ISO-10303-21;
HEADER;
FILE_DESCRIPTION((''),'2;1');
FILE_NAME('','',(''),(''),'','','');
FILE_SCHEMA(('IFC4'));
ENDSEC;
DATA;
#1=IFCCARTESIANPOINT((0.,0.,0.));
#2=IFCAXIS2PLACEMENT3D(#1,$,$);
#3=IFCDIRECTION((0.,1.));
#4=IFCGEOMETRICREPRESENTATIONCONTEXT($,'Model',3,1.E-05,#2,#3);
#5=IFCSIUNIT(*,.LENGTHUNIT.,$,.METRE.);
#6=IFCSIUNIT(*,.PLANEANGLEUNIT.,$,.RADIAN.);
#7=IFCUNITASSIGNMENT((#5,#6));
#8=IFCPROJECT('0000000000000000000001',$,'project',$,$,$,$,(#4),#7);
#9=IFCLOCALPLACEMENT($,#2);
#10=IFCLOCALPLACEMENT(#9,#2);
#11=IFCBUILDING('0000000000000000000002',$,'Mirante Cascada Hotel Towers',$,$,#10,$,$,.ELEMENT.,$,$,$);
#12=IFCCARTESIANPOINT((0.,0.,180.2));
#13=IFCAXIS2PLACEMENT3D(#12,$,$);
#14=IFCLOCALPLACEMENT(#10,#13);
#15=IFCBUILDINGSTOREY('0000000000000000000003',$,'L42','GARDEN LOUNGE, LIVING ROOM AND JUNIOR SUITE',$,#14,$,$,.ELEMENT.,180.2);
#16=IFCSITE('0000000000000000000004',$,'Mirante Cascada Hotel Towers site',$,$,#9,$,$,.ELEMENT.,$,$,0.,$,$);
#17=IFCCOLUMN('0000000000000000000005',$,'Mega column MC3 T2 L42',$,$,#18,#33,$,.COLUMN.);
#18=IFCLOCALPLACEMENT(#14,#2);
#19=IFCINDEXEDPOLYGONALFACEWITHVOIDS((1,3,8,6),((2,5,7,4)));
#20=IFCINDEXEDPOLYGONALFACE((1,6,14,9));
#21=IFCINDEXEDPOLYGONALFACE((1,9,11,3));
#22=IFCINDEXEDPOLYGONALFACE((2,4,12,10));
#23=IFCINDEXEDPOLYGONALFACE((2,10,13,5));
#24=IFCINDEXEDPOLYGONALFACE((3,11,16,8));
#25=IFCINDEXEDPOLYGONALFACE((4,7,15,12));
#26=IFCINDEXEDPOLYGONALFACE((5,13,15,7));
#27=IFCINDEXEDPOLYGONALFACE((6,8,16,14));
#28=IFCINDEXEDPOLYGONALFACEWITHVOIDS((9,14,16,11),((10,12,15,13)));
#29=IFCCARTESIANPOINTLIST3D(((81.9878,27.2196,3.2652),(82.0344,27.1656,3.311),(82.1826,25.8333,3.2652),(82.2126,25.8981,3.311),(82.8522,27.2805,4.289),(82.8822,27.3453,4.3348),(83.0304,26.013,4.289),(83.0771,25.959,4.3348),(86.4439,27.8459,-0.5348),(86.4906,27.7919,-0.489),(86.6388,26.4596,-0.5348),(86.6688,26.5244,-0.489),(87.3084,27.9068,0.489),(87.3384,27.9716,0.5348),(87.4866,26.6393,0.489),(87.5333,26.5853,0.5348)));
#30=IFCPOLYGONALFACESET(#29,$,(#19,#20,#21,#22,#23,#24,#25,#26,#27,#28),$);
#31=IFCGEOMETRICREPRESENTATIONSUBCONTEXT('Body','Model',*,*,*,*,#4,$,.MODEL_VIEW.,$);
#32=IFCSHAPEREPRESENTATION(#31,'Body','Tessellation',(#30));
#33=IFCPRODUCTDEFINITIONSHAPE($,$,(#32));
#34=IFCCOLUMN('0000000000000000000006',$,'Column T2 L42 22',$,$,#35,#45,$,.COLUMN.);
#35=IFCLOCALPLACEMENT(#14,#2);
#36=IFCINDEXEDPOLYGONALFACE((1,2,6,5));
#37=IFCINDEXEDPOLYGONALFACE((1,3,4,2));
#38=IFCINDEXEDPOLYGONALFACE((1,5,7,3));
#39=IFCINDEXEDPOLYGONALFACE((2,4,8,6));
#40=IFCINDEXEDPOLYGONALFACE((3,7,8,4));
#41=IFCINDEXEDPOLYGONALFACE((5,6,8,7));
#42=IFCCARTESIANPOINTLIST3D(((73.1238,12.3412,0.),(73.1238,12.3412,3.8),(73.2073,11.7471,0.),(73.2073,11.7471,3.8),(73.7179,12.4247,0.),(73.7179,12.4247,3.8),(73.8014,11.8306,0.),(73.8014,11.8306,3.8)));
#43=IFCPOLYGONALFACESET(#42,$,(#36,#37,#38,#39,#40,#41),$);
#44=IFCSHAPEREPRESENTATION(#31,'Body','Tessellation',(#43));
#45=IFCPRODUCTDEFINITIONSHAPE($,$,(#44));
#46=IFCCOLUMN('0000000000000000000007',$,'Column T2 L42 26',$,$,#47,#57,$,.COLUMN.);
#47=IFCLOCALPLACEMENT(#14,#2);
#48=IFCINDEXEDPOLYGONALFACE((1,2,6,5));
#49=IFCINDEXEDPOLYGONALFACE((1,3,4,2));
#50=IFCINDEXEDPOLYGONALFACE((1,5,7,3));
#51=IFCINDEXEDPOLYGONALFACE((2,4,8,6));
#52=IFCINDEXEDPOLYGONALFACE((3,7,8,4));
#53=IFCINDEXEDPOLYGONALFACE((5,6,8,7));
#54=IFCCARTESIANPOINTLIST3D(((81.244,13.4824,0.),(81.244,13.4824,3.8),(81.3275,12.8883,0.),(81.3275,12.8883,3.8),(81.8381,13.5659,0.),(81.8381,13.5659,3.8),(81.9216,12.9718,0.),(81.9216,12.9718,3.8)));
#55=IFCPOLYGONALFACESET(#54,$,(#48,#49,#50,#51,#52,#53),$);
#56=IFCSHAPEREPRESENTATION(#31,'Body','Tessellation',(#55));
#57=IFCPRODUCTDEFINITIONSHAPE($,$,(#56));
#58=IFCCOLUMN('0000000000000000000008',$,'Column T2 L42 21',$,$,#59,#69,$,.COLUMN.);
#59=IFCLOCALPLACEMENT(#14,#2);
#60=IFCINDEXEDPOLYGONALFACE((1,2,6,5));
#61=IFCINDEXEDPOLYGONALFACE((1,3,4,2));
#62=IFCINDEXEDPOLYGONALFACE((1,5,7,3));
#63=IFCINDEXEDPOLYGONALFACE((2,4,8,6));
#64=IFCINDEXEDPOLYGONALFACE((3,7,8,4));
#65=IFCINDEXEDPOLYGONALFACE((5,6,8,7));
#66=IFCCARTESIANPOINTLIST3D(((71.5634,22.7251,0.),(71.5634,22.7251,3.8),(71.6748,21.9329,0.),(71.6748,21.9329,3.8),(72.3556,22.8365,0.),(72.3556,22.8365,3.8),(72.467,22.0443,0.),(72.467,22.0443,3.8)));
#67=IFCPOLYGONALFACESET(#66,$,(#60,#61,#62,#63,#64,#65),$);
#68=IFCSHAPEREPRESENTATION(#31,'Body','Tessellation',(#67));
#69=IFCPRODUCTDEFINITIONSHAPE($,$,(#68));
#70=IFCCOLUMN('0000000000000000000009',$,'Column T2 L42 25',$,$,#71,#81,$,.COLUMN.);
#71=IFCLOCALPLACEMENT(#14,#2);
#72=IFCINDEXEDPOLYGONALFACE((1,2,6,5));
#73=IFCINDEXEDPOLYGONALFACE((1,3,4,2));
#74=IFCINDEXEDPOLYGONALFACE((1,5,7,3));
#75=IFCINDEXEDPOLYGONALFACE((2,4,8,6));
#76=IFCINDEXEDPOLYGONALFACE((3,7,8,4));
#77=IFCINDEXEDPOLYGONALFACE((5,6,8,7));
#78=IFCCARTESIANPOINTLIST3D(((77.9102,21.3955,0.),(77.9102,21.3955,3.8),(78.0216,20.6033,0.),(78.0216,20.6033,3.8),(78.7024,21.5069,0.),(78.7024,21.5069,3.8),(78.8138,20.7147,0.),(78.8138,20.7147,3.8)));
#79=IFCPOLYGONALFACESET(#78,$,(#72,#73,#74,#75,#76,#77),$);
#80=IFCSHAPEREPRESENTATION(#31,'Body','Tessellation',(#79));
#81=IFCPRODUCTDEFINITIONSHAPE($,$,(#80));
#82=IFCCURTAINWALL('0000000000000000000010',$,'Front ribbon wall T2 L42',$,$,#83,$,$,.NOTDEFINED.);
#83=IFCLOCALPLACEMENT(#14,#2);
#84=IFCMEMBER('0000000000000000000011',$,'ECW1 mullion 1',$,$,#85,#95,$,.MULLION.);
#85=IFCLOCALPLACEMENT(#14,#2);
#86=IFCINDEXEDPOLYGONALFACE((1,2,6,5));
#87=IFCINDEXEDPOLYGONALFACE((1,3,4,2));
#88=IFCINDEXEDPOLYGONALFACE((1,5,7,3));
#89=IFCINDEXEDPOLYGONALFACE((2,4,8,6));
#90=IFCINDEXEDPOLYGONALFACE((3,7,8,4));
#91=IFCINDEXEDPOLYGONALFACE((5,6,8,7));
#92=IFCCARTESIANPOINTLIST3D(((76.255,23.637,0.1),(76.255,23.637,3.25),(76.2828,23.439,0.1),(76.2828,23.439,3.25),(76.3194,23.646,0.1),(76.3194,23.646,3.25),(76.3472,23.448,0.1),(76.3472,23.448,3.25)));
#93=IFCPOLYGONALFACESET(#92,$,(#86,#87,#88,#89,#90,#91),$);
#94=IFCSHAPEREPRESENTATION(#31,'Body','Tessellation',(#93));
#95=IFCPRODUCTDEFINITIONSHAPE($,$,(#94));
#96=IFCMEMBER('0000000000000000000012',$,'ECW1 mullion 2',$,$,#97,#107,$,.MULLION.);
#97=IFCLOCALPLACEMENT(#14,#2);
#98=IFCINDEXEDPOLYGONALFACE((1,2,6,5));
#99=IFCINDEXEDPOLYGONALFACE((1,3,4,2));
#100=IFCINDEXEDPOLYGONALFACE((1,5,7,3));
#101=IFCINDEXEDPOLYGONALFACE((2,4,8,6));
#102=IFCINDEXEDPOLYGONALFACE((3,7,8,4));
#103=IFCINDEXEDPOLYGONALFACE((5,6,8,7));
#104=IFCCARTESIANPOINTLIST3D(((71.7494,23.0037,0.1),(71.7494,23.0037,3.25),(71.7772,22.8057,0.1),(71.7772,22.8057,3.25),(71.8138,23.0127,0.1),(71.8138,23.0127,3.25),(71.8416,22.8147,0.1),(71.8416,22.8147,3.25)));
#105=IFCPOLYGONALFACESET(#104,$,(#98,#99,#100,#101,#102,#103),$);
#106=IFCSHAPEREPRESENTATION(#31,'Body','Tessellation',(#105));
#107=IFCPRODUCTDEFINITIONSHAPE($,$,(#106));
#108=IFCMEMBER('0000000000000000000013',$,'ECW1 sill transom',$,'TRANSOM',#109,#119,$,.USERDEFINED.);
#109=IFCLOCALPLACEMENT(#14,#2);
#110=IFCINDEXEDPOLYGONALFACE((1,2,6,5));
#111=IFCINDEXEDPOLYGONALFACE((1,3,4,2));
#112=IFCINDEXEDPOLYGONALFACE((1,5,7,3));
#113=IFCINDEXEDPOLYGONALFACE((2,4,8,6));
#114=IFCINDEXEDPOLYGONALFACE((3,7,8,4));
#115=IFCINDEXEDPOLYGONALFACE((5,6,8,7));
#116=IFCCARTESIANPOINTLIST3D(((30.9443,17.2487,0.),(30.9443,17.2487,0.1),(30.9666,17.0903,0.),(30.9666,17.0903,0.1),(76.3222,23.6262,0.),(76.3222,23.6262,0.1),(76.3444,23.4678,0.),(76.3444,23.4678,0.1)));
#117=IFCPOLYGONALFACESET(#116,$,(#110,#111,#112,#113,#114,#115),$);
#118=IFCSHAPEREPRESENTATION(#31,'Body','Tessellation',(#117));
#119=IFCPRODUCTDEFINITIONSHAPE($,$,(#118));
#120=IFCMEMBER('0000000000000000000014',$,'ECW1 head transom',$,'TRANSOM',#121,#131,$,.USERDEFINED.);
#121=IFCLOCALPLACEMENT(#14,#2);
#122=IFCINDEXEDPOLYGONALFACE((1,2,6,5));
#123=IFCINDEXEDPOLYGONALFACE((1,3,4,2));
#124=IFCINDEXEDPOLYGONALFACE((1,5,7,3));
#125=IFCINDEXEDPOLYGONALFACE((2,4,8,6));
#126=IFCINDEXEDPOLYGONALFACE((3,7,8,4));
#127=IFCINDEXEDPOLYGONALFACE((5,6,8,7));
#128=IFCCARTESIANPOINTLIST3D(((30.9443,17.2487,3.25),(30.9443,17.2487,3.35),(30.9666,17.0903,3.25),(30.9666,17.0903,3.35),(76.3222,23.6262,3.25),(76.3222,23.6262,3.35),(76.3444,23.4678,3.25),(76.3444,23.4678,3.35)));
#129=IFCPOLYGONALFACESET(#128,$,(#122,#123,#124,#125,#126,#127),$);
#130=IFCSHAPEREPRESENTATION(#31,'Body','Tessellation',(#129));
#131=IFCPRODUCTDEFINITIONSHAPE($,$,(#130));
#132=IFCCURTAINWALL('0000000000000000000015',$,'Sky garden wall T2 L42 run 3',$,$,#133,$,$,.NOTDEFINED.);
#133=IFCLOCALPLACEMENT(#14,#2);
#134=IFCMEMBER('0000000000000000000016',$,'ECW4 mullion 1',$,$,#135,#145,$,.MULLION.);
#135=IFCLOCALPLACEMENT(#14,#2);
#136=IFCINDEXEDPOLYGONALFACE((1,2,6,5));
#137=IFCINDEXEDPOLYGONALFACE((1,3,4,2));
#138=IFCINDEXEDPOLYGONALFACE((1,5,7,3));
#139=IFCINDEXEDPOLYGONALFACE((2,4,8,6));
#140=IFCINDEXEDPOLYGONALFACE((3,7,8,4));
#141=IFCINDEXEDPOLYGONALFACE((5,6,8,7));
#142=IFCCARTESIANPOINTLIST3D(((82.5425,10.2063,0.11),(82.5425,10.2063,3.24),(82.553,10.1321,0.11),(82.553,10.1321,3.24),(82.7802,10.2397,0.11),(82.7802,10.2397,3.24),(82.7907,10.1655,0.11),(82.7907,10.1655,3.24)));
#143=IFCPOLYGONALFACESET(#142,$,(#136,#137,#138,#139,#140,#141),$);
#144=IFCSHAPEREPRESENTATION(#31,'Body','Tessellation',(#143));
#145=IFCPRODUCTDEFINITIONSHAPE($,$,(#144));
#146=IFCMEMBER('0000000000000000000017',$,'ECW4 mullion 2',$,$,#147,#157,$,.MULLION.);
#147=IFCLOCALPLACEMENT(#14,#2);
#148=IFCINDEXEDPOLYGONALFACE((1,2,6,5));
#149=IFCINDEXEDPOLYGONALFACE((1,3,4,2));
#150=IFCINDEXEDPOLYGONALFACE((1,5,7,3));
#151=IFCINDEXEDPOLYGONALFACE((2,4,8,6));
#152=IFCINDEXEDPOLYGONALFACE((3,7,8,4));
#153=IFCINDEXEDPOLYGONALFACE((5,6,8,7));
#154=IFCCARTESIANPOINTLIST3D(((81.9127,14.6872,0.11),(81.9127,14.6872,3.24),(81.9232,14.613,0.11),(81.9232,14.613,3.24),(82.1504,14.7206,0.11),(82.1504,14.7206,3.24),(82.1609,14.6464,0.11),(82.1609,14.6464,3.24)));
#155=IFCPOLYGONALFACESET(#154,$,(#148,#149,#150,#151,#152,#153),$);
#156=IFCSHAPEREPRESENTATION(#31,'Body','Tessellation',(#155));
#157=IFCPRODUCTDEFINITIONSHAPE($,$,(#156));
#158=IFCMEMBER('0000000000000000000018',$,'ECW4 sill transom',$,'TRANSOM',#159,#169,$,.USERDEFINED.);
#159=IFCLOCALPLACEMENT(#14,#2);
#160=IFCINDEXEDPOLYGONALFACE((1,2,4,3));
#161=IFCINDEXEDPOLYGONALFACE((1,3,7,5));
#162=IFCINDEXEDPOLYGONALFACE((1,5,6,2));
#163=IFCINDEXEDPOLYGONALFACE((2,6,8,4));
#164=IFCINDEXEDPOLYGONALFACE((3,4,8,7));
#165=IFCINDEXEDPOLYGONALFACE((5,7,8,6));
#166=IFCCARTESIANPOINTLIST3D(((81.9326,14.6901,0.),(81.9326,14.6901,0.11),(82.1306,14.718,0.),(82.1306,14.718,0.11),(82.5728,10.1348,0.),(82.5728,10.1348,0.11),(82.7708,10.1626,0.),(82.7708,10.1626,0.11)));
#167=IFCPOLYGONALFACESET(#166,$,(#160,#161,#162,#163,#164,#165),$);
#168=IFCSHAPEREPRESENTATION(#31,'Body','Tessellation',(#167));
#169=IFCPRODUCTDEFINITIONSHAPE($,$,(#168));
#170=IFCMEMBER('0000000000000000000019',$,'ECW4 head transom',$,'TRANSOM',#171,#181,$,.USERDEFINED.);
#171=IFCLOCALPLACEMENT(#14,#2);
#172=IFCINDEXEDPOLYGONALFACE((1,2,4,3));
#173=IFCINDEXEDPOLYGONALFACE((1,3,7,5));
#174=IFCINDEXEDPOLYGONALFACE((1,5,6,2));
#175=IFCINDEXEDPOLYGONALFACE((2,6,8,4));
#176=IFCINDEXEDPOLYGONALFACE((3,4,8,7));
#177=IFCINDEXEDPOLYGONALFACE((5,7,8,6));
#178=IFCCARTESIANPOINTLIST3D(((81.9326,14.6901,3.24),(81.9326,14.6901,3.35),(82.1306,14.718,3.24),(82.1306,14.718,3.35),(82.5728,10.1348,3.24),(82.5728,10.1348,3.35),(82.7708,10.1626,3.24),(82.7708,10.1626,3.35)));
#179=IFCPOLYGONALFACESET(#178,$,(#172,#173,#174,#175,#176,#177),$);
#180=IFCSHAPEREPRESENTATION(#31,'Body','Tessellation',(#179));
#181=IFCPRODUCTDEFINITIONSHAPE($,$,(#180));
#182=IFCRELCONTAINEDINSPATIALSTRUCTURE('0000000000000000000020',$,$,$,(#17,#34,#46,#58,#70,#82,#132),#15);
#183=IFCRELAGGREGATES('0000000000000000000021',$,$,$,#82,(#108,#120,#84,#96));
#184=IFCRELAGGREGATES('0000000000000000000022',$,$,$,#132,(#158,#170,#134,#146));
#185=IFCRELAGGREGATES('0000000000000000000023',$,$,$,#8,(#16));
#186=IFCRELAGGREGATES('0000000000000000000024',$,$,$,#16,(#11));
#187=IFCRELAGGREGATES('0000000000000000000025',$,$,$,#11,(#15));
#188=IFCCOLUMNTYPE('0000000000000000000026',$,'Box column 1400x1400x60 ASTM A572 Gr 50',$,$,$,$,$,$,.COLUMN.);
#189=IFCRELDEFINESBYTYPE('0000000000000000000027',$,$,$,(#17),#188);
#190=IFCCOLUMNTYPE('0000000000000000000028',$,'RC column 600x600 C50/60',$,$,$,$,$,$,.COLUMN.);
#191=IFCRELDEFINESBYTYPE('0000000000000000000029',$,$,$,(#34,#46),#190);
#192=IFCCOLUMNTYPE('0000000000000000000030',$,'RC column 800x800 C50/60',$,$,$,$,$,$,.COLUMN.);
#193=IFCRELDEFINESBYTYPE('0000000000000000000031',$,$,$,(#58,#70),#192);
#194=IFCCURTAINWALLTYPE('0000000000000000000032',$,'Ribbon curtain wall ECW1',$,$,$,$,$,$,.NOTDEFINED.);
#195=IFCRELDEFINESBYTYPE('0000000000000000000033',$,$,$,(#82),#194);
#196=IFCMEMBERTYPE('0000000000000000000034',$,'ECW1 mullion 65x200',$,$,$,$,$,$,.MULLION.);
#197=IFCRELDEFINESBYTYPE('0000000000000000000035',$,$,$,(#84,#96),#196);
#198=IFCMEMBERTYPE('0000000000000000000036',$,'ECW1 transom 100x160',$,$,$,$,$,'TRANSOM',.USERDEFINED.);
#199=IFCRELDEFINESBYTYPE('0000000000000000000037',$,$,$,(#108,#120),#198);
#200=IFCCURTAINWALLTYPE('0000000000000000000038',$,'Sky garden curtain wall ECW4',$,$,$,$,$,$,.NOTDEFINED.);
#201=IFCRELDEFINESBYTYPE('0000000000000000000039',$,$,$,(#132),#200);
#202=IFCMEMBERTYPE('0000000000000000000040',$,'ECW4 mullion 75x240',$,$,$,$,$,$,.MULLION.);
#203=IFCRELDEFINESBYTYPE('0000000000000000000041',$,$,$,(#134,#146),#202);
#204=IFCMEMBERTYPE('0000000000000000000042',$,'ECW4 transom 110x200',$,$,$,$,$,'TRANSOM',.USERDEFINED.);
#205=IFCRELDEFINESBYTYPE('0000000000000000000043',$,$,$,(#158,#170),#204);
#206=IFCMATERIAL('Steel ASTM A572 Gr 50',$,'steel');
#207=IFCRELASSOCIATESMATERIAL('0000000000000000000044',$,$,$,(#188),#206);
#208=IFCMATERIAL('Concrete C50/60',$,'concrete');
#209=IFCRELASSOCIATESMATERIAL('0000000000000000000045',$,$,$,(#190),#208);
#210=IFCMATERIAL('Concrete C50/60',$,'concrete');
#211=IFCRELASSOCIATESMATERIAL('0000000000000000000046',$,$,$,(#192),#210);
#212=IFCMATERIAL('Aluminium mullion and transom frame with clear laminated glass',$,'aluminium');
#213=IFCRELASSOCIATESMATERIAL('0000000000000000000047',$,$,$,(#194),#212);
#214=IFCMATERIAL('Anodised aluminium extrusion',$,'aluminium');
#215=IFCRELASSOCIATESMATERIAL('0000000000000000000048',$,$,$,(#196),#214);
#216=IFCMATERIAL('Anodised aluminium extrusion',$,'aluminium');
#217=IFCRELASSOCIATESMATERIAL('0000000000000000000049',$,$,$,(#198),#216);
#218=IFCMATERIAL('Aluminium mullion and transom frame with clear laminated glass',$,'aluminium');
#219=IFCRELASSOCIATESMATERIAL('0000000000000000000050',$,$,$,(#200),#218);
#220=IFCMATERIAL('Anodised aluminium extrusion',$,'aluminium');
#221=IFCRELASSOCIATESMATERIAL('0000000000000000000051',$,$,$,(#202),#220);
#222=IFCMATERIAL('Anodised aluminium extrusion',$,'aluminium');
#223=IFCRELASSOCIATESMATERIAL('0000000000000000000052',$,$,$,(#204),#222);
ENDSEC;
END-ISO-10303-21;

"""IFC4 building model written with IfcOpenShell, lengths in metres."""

from ifc_helpers import new_model, si_unit, direction, frame, origin, origin_2d, place, context, subcontext, project, spatial, rectangle, hollow_rectangle, extrude, material, material_profile, profile_set, type_object, element, aggregate, save


model = new_model("IFC4")

# Units and contexts
model_context = context("Model", 3, precision=1e-05, world=origin(), true_north=direction((0.0, 1.0)))
body_context = subcontext(model_context, "Body", "Model", "MODEL_VIEW")
ifc_project = project(units=[si_unit("LENGTHUNIT", "METRE"), si_unit("PLANEANGLEUNIT", "RADIAN")], contexts=[model_context])

# Site, building, storey
site_placement = place(None, origin())
site = spatial("IfcSite", under=ifc_project, at=site_placement, Name="Mirante Cascada Hotel Towers site", CompositionType="ELEMENT", RefElevation=0.0)
building_placement = place(site_placement, origin())
building = spatial("IfcBuilding", under=site, at=building_placement, Name="Mirante Cascada Hotel Towers", CompositionType="ELEMENT")
storey_placement = place(building_placement, frame((0.0, 0.0, 180.2)))
storey = spatial("IfcBuildingStorey", under=building, at=storey_placement, Name="L42", Description="GARDEN LOUNGE, LIVING ROOM AND JUNIOR SUITE", CompositionType="ELEMENT", Elevation=180.2)

# Columns
ifc_material_1 = material(Name="Steel ASTM A572 Gr 50", Category="steel")
ifc_material_profile_1 = material_profile(ifc_material_1, hollow_rectangle(XDim=1.4, YDim=1.4, WallThickness=0.06, at=origin_2d()), Name="Box column 1400x1400x60 ASTM A572 Gr 50")
ifc_profile_set_1 = profile_set([ifc_material_profile_1], Name="Steel ASTM A572 Gr 50")
column_type_1 = type_object("IfcColumnType", Name="Box column 1400x1400x60 ASTM A572 Gr 50", PredefinedType="COLUMN", material=ifc_profile_set_1)
column_placement = place(storey_placement, frame((86.9886, 27.2156, 0.0), z_axis=(-0.756594, -0.106336, 0.645181), x_axis=(0.139178, -0.990267, 0.0)))
element("IfcColumn", 1, at=column_placement, inside=storey, type_object=column_type_1, Name="Mega column MC3 T2 L42", PredefinedType="COLUMN", context=body_context, shape_type="SweptSolid", body=[
    extrude(hollow_rectangle(XDim=1.4, YDim=1.4, WallThickness=0.06, at=origin_2d()), origin(), (0.0, 0.0, 1.0), 5.8898),
])
ifc_material_2 = material(Name="Concrete C50/60", Category="concrete")
ifc_material_profile_2 = material_profile(ifc_material_2, rectangle(XDim=0.6, YDim=0.6, at=origin_2d()), Name="RC column 600x600 C50/60")
ifc_profile_set_2 = profile_set([ifc_material_profile_2], Name="Concrete C50/60")
column_type_2 = type_object("IfcColumnType", Name="RC column 600x600 C50/60", PredefinedType="COLUMN", material=ifc_profile_set_2)
for number, where, z_axis, x_axis, name in (
    (2, (73.4626, 12.0859, 0.0), (0.0, 0.0, 1.0), (0.990268, 0.139173, 0.0), "Column T2 L42 22"),
    (3, (81.5828, 13.2271, 0.0), (0.0, 0.0, 1.0), (0.990268, 0.139173, 0.0), "Column T2 L42 26"),
):
    element("IfcColumn", number, at=place(storey_placement, frame(where, z_axis=z_axis, x_axis=x_axis)), inside=storey, type_object=column_type_2, Name=name, PredefinedType="COLUMN", context=body_context, shape_type="SweptSolid", body=[
        extrude(rectangle(XDim=0.6, YDim=0.6, at=origin_2d()), origin(), (0.0, 0.0, 1.0), 3.8),
    ])
ifc_material_3 = material(Name="Concrete C50/60", Category="concrete")
ifc_material_profile_3 = material_profile(ifc_material_3, rectangle(XDim=0.8, YDim=0.8, at=origin_2d()), Name="RC column 800x800 C50/60")
ifc_profile_set_3 = profile_set([ifc_material_profile_3], Name="Concrete C50/60")
column_type_3 = type_object("IfcColumnType", Name="RC column 800x800 C50/60", PredefinedType="COLUMN", material=ifc_profile_set_3)
for number, where, z_axis, x_axis, name in (
    (4, (72.0152, 22.3847, 0.0), (0.0, 0.0, 1.0), (0.990268, 0.139173, 0.0), "Column T2 L42 21"),
    (5, (78.362, 21.0551, 0.0), (0.0, 0.0, 1.0), (0.990268, 0.139173, 0.0), "Column T2 L42 25"),
):
    element("IfcColumn", number, at=place(storey_placement, frame(where, z_axis=z_axis, x_axis=x_axis)), inside=storey, type_object=column_type_3, Name=name, PredefinedType="COLUMN", context=body_context, shape_type="SweptSolid", body=[
        extrude(rectangle(XDim=0.8, YDim=0.8, at=origin_2d()), origin(), (0.0, 0.0, 1.0), 3.8),
    ])

# Curtain walls, members
ifc_material_4 = material(Name="Aluminium mullion and transom frame with clear laminated glass", Category="aluminium")
curtain_wall_type_1 = type_object("IfcCurtainWallType", Name="Ribbon curtain wall ECW1", PredefinedType="NOTDEFINED", material=ifc_material_4)
curtain_wall_1_placement = place(storey_placement, origin())
curtain_wall_1 = element("IfcCurtainWall", 6, at=curtain_wall_1_placement, inside=storey, type_object=curtain_wall_type_1, Name="Front ribbon wall T2 L42", PredefinedType="NOTDEFINED")
ifc_material_5 = material(Name="Anodised aluminium extrusion", Category="aluminium")
ifc_material_profile_4 = material_profile(ifc_material_5, rectangle(XDim=0.2, YDim=0.065, at=origin_2d()), Name="ECW1 MULLION 65x200")
ifc_profile_set_4 = profile_set([ifc_material_profile_4], Name="Anodised aluminium extrusion")
member_type_1 = type_object("IfcMemberType", Name="ECW1 mullion 65x200", PredefinedType="MULLION", material=ifc_profile_set_4)
member_1_placement = place(storey_placement, frame((76.3011, 23.5425, 0.1), z_axis=(0.0, 0.0, 1.0), x_axis=(0.139173, -0.990268, 0.0)))
member_1 = element("IfcMember", 7, at=member_1_placement, type_object=member_type_1, Name="ECW1 mullion 1", PredefinedType="MULLION", context=body_context, shape_type="SweptSolid", body=[
    extrude(rectangle(XDim=0.2, YDim=0.065, at=origin_2d()), origin(), (0.0, 0.0, 1.0), 3.15),
])
member_2_placement = place(storey_placement, frame((71.7955, 22.9092, 0.1), z_axis=(0.0, 0.0, 1.0), x_axis=(0.139173, -0.990268, 0.0)))
member_2 = element("IfcMember", 8, at=member_2_placement, type_object=member_type_1, Name="ECW1 mullion 2", PredefinedType="MULLION", context=body_context, shape_type="SweptSolid", body=[
    extrude(rectangle(XDim=0.2, YDim=0.065, at=origin_2d()), origin(), (0.0, 0.0, 1.0), 3.15),
])
ifc_material_6 = material(Name="Anodised aluminium extrusion", Category="aluminium")
ifc_material_profile_5 = material_profile(ifc_material_6, rectangle(XDim=0.16, YDim=0.1, at=origin_2d()), Name="ECW1 TRANSOM 100x160")
ifc_profile_set_5 = profile_set([ifc_material_profile_5], Name="Anodised aluminium extrusion")
member_type_2 = type_object("IfcMemberType", Name="ECW1 transom 100x160", ElementType="TRANSOM", PredefinedType="USERDEFINED", material=ifc_profile_set_5)
member_3_placement = place(storey_placement, frame((76.3333, 23.547, 0.05), z_axis=(-0.990268, -0.139175, 0.0), x_axis=(0.139175, -0.990268, 0.0)))
member_3 = element("IfcMember", 9, at=member_3_placement, type_object=member_type_2, Name="ECW1 sill transom", ObjectType="TRANSOM", PredefinedType="USERDEFINED", context=body_context, shape_type="SweptSolid", body=[
    extrude(rectangle(XDim=0.16, YDim=0.1, at=origin_2d()), origin(), (0.0, 0.0, 1.0), 45.8238),
])
member_4_placement = place(storey_placement, frame((76.3333, 23.547, 3.3), z_axis=(-0.990268, -0.139175, 0.0), x_axis=(0.139175, -0.990268, 0.0)))
member_4 = element("IfcMember", 10, at=member_4_placement, type_object=member_type_2, Name="ECW1 head transom", ObjectType="TRANSOM", PredefinedType="USERDEFINED", context=body_context, shape_type="SweptSolid", body=[
    extrude(rectangle(XDim=0.16, YDim=0.1, at=origin_2d()), origin(), (0.0, 0.0, 1.0), 45.8238),
])
ifc_material_7 = material(Name="Aluminium mullion and transom frame with clear laminated glass", Category="aluminium")
curtain_wall_type_2 = type_object("IfcCurtainWallType", Name="Sky garden curtain wall ECW4", PredefinedType="NOTDEFINED", material=ifc_material_7)
curtain_wall_2_placement = place(storey_placement, origin())
curtain_wall_2 = element("IfcCurtainWall", 11, at=curtain_wall_2_placement, inside=storey, type_object=curtain_wall_type_2, Name="Sky garden wall T2 L42 run 3", PredefinedType="NOTDEFINED")
ifc_material_8 = material(Name="Anodised aluminium extrusion", Category="aluminium")
ifc_material_profile_6 = material_profile(ifc_material_8, rectangle(XDim=0.24, YDim=0.075, at=origin_2d()), Name="ECW4 MULLION 75x240")
ifc_profile_set_6 = profile_set([ifc_material_profile_6], Name="Anodised aluminium extrusion")
member_type_3 = type_object("IfcMemberType", Name="ECW4 mullion 75x240", PredefinedType="MULLION", material=ifc_profile_set_6)
member_5_placement = place(storey_placement, frame((82.6666, 10.1859, 0.11), z_axis=(0.0, 0.0, 1.0), x_axis=(-0.990268, -0.139173, 0.0)))
member_5 = element("IfcMember", 12, at=member_5_placement, type_object=member_type_3, Name="ECW4 mullion 1", PredefinedType="MULLION", context=body_context, shape_type="SweptSolid", body=[
    extrude(rectangle(XDim=0.24, YDim=0.075, at=origin_2d()), origin(), (0.0, 0.0, 1.0), 3.13),
])
member_6_placement = place(storey_placement, frame((82.0368, 14.6668, 0.11), z_axis=(0.0, 0.0, 1.0), x_axis=(-0.990268, -0.139173, 0.0)))
member_6 = element("IfcMember", 13, at=member_6_placement, type_object=member_type_3, Name="ECW4 mullion 2", PredefinedType="MULLION", context=body_context, shape_type="SweptSolid", body=[
    extrude(rectangle(XDim=0.24, YDim=0.075, at=origin_2d()), origin(), (0.0, 0.0, 1.0), 3.13),
])
ifc_material_9 = material(Name="Anodised aluminium extrusion", Category="aluminium")
ifc_material_profile_7 = material_profile(ifc_material_9, rectangle(XDim=0.2, YDim=0.11, at=origin_2d()), Name="ECW4 TRANSOM 110x200")
ifc_profile_set_7 = profile_set([ifc_material_profile_7], Name="Anodised aluminium extrusion")
member_type_4 = type_object("IfcMemberType", Name="ECW4 transom 110x200", ElementType="TRANSOM", PredefinedType="USERDEFINED", material=ifc_profile_set_7)
member_7_placement = place(storey_placement, frame((82.6718, 10.1487, 0.055), z_axis=(-0.139172, 0.990268, 0.0), x_axis=(-0.990268, -0.139172, 0.0)))
member_7 = element("IfcMember", 14, at=member_7_placement, type_object=member_type_4, Name="ECW4 sill transom", ObjectType="TRANSOM", PredefinedType="USERDEFINED", context=body_context, shape_type="SweptSolid", body=[
    extrude(rectangle(XDim=0.2, YDim=0.11, at=origin_2d()), origin(), (0.0, 0.0, 1.0), 4.6001),
])
member_8_placement = place(storey_placement, frame((82.6718, 10.1487, 3.295), z_axis=(-0.139172, 0.990268, 0.0), x_axis=(-0.990268, -0.139172, 0.0)))
member_8 = element("IfcMember", 15, at=member_8_placement, type_object=member_type_4, Name="ECW4 head transom", ObjectType="TRANSOM", PredefinedType="USERDEFINED", context=body_context, shape_type="SweptSolid", body=[
    extrude(rectangle(XDim=0.2, YDim=0.11, at=origin_2d()), origin(), (0.0, 0.0, 1.0), 4.6001),
])

aggregate(curtain_wall_1, [member_3, member_4, member_1, member_2])
aggregate(curtain_wall_2, [member_7, member_8, member_5, member_6])

save(model, "model.ifc")
